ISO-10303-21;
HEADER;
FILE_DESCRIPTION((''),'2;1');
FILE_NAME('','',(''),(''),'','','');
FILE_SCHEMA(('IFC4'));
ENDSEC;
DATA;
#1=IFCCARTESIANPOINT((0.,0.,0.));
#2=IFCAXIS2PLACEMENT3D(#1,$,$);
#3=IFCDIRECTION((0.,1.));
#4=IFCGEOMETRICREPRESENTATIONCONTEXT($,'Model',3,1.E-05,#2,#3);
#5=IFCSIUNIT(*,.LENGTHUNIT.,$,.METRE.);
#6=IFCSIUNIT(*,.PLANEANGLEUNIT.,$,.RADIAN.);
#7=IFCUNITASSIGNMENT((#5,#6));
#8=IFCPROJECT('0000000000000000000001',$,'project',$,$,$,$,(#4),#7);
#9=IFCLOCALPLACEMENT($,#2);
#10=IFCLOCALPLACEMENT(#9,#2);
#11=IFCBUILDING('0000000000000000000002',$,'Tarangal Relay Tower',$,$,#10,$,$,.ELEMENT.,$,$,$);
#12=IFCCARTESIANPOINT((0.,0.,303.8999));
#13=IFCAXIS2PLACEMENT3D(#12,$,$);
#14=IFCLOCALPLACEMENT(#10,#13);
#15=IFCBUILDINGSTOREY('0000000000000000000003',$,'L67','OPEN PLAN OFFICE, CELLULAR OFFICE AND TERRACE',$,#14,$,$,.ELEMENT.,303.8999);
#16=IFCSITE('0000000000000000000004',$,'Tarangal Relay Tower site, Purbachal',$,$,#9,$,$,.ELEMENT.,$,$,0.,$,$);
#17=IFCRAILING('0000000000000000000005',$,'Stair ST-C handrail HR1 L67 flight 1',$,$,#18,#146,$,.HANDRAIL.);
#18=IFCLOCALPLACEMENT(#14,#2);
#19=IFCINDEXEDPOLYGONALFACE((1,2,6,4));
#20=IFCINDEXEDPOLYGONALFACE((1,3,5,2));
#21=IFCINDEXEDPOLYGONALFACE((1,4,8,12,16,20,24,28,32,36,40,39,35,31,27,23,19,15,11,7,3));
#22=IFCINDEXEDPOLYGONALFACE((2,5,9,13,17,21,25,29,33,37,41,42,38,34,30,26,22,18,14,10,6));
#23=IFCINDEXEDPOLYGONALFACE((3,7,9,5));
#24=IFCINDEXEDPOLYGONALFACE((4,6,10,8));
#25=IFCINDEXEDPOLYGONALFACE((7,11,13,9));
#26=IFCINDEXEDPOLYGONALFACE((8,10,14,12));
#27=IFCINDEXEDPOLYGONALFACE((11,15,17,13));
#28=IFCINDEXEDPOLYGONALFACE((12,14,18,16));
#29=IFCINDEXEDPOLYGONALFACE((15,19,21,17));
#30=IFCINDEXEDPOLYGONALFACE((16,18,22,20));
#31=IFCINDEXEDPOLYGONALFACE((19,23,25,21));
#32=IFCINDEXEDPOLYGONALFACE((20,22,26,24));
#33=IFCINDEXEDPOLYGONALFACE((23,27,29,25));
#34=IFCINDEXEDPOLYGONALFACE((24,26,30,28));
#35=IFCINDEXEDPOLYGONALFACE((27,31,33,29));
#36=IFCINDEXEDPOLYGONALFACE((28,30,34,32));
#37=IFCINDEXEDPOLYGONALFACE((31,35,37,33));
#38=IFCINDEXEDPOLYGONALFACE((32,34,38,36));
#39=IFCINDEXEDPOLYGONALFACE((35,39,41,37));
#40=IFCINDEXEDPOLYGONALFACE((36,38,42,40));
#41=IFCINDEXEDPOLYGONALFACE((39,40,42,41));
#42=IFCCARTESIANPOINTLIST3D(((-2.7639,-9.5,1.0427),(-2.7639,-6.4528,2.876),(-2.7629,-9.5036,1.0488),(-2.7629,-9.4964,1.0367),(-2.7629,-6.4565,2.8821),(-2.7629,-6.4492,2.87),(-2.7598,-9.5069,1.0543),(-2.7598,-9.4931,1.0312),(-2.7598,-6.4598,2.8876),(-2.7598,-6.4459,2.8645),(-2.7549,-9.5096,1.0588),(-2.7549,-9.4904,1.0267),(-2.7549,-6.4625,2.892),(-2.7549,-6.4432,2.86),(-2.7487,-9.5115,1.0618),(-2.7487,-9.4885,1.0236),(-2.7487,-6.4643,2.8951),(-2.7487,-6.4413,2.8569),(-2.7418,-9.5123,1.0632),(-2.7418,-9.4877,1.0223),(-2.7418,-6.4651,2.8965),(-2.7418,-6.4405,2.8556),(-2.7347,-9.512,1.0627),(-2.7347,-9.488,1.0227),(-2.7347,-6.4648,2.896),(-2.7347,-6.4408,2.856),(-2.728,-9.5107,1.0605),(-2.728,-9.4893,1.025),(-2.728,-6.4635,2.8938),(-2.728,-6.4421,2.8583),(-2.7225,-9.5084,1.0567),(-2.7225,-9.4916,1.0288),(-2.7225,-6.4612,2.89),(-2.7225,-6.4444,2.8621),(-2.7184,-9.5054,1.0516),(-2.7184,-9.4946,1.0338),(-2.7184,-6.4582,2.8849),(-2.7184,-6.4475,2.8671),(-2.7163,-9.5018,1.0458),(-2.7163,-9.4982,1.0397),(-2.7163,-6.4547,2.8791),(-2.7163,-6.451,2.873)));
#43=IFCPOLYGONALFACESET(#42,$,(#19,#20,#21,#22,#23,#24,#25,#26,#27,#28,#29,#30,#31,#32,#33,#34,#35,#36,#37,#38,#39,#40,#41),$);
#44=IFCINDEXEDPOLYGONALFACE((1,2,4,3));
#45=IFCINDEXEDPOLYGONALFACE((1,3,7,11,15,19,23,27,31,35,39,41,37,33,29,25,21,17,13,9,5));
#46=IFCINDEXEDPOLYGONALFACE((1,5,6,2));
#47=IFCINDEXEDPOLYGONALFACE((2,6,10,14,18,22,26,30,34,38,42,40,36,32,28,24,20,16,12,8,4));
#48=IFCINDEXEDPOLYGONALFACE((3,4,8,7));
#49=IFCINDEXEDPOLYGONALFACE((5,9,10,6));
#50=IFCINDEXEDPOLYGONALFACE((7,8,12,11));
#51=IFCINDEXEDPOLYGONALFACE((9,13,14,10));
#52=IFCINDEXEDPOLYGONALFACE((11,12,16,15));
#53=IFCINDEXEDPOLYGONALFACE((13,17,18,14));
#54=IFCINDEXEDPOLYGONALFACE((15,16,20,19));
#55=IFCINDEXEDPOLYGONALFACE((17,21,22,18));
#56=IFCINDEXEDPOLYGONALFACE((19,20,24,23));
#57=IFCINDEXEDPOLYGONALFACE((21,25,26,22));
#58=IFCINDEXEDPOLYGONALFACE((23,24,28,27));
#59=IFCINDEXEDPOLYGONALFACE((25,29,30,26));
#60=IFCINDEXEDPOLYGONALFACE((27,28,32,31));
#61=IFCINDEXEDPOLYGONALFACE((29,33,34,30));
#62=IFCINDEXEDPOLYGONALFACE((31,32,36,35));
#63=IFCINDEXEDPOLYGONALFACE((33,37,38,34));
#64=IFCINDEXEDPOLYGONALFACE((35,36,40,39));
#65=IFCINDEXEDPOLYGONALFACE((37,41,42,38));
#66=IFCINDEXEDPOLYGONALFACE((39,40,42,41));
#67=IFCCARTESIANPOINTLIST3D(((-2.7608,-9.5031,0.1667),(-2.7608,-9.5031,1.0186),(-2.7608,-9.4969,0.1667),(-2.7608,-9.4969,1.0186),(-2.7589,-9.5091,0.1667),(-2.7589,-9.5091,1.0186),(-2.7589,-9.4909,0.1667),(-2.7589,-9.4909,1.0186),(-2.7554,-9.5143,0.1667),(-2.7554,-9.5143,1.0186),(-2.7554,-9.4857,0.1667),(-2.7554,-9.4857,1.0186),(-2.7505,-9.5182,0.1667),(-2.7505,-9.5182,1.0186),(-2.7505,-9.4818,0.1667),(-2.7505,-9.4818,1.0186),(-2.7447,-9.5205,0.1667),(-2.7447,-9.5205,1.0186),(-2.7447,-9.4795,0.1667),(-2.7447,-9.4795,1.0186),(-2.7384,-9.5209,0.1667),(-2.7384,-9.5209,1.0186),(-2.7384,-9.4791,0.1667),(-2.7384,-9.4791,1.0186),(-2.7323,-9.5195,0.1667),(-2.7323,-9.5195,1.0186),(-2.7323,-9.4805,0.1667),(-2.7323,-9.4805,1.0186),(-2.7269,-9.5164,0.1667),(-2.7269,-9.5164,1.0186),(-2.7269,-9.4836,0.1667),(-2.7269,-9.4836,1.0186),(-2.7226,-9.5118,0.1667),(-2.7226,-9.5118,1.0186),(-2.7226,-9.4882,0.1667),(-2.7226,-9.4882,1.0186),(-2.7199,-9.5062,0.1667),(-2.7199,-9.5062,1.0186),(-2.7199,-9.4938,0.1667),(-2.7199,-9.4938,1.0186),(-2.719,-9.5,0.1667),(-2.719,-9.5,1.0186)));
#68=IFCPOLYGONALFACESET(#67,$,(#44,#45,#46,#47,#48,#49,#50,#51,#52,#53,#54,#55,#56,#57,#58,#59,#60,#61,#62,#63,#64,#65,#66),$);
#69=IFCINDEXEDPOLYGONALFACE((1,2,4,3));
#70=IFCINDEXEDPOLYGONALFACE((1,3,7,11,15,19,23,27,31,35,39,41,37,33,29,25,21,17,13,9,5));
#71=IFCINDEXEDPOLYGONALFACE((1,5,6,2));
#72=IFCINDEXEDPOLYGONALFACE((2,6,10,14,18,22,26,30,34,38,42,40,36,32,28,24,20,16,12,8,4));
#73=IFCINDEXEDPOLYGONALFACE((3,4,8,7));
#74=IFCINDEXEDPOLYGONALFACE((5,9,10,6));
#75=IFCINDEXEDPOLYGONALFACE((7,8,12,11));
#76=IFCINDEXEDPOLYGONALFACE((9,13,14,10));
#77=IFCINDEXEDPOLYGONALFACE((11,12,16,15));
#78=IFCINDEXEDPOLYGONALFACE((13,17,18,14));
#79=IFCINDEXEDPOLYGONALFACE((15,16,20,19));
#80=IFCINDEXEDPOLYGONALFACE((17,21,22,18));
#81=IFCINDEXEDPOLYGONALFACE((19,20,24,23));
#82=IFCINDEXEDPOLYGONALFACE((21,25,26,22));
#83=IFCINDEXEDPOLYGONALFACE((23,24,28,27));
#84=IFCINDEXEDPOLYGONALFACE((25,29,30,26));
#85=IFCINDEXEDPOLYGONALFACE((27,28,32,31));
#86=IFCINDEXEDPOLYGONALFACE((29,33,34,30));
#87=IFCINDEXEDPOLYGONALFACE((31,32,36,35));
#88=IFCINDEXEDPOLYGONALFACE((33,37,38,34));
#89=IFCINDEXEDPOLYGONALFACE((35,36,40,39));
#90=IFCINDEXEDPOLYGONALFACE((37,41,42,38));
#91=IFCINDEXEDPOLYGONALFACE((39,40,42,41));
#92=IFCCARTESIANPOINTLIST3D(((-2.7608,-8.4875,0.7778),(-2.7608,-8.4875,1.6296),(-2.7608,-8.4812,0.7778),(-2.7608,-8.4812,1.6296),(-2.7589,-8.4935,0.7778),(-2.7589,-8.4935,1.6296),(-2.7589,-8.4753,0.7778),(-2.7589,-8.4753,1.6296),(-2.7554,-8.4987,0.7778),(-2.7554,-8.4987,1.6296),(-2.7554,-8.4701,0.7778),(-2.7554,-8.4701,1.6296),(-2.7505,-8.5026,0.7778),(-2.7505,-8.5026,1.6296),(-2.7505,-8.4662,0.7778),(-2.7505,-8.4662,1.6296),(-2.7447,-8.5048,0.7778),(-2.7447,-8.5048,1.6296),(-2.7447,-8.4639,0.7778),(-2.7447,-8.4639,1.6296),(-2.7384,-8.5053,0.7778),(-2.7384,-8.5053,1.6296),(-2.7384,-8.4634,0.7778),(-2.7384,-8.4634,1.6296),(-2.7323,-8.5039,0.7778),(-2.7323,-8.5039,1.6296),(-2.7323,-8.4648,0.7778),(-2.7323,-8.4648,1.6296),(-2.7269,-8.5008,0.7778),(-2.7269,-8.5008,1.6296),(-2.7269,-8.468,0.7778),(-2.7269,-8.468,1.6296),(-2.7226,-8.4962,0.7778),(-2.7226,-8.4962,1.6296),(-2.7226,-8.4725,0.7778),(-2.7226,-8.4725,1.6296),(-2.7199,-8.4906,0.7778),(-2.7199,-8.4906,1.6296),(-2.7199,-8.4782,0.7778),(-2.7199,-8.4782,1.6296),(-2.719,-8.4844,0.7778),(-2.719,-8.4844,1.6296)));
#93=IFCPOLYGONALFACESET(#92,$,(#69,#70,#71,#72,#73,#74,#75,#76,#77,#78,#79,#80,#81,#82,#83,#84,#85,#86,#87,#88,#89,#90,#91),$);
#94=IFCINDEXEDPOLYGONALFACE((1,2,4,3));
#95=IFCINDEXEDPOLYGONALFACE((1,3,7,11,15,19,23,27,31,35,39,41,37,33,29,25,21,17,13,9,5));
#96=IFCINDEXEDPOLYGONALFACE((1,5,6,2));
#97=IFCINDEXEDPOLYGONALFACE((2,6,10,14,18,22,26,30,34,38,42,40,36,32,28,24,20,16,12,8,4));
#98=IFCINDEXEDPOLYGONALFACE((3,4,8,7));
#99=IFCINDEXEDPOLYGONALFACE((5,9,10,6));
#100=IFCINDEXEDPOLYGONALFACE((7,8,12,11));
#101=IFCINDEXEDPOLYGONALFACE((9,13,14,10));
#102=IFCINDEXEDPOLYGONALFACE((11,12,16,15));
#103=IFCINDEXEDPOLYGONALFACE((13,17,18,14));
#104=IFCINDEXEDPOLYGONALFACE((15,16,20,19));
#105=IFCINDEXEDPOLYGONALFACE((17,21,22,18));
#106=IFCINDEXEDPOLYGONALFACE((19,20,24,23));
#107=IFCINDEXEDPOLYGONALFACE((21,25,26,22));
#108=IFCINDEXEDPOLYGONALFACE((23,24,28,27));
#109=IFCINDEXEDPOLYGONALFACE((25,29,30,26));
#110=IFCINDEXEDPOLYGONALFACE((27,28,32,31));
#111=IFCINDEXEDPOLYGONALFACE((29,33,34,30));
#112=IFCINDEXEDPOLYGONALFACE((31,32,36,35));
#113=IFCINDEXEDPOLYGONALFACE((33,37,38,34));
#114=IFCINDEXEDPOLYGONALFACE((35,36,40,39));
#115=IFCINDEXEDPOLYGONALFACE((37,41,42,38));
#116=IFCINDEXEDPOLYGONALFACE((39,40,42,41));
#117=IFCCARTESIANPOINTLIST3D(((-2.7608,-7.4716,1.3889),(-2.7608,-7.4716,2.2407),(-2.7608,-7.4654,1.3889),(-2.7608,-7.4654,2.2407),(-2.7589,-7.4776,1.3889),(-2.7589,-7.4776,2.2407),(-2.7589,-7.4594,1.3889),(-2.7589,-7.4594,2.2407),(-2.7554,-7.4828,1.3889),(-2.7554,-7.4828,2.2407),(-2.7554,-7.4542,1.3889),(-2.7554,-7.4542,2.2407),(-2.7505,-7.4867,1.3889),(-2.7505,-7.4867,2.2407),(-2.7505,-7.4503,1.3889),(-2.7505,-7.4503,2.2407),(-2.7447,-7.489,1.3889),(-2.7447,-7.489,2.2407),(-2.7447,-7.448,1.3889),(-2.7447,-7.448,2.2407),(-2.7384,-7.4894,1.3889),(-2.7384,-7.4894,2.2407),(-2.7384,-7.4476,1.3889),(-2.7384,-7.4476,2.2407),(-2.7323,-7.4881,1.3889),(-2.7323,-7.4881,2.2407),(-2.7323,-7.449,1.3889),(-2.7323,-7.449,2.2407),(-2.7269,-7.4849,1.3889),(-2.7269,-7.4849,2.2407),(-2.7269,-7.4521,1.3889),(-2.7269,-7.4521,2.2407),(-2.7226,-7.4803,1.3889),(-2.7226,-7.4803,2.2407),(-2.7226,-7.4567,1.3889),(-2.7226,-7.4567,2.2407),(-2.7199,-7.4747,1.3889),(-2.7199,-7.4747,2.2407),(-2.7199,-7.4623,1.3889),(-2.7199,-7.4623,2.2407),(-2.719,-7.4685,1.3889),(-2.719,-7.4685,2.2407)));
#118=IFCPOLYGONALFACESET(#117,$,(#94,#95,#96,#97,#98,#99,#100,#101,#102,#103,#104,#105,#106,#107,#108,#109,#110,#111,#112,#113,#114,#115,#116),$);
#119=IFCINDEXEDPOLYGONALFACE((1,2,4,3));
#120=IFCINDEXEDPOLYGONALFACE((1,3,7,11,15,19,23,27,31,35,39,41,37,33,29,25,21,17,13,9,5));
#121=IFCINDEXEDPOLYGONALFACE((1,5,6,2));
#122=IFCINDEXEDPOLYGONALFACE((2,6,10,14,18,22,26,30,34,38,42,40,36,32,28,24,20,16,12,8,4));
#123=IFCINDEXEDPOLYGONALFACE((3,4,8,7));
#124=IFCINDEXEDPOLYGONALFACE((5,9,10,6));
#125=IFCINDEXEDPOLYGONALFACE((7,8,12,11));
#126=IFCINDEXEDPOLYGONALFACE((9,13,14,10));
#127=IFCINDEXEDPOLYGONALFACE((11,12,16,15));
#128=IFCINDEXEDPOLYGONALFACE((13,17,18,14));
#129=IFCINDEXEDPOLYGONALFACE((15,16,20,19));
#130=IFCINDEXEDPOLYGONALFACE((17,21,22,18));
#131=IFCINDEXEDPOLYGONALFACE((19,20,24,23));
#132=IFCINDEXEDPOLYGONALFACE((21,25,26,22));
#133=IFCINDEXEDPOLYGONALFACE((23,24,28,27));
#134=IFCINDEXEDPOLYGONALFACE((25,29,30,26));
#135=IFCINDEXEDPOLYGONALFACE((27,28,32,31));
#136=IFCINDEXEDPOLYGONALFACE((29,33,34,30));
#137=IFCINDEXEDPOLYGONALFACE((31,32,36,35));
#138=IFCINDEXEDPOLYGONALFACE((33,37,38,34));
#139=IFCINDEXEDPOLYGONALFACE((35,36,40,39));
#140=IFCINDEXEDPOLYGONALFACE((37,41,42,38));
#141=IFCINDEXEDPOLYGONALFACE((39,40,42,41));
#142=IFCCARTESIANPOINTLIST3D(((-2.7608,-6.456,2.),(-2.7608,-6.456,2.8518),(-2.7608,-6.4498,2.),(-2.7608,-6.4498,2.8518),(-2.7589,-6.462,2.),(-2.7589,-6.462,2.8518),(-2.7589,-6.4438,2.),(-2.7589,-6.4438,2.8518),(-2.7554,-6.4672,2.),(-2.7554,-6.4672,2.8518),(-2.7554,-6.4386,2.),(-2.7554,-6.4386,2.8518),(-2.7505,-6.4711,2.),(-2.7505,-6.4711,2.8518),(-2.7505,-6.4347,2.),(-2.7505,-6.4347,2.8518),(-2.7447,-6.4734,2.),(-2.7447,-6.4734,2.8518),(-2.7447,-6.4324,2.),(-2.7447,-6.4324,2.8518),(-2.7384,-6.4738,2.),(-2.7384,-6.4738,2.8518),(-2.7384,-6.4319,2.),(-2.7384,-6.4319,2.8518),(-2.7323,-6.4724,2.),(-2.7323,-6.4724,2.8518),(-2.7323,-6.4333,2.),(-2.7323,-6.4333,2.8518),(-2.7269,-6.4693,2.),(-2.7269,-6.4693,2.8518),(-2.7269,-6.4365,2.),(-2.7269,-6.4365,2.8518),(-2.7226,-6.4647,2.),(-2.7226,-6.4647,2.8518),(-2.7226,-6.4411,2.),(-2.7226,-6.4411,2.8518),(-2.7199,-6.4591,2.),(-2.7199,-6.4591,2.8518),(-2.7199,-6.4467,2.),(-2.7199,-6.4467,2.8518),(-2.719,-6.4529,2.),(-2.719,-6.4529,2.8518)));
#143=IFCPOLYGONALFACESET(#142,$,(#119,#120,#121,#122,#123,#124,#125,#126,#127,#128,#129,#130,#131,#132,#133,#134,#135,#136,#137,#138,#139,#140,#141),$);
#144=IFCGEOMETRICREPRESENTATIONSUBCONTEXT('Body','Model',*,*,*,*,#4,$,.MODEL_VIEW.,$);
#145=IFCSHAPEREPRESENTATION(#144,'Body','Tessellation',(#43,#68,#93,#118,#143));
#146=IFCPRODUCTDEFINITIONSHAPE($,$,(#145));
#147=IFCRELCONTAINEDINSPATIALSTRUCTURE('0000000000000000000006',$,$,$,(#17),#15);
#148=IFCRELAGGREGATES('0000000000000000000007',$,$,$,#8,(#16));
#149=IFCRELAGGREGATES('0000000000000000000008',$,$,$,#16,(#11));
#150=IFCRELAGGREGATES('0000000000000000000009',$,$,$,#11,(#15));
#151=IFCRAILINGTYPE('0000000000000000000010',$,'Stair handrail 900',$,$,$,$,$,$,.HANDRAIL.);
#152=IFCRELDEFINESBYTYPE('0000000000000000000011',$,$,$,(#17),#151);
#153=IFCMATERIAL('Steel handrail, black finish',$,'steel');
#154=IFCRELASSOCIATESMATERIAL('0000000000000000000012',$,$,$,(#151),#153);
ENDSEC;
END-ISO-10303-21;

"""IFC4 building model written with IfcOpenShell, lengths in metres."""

from ifc_helpers import new_model, si_unit, direction, frame, origin, origin_2d, place, context, subcontext, project, spatial, circle, extrude, material, type_object, element, save


model = new_model("IFC4")

# Units and contexts
model_context = context("Model", 3, precision=1e-05, world=origin(), true_north=direction((0.0, 1.0)))
body_context = subcontext(model_context, "Body", "Model", "MODEL_VIEW")
ifc_project = project(units=[si_unit("LENGTHUNIT", "METRE"), si_unit("PLANEANGLEUNIT", "RADIAN")], contexts=[model_context])

# Site, building, storey
site_placement = place(None, origin())
site = spatial("IfcSite", under=ifc_project, at=site_placement, Name="Tarangal Relay Tower site, Purbachal", CompositionType="ELEMENT", RefElevation=0.0)
building_placement = place(site_placement, origin())
building = spatial("IfcBuilding", under=site, at=building_placement, Name="Tarangal Relay Tower", CompositionType="ELEMENT")
storey_placement = place(building_placement, frame((0.0, 0.0, 303.8999)))
storey = spatial("IfcBuildingStorey", under=building, at=storey_placement, Name="L67", Description="OPEN PLAN OFFICE, CELLULAR OFFICE AND TERRACE", CompositionType="ELEMENT", Elevation=303.8999)

# Railing
ifc_material_1 = material(Name="Steel handrail, black finish", Category="steel")
railing_type_1 = type_object("IfcRailingType", Name="Stair handrail 900", PredefinedType="HANDRAIL", material=ifc_material_1)
railing_1_placement = place(storey_placement, frame((-2.74, -9.5, 0.1667)))
element("IfcRailing", 1, at=railing_1_placement, inside=storey, type_object=railing_type_1, Name="Stair ST-C handrail HR1 L67 flight 1", PredefinedType="HANDRAIL", context=body_context, shape_type="SweptSolid", body=[
    extrude(circle(Radius=0.0239, at=origin_2d()), frame((0.0, 0.0, 0.876), z_axis=(0.0, 0.856874, 0.515525), x_axis=(-1.0, 0.0, 0.0)), (0.0, 0.0, 1.0), 3.5562),
    extrude(circle(Radius=0.021, at=origin_2d()), origin(), (0.0, 0.0, 1.0), 0.8518),
    extrude(circle(Radius=0.021, at=origin_2d()), frame((0.0, 1.0156, 0.6111)), (0.0, 0.0, 1.0), 0.8518),
    extrude(circle(Radius=0.021, at=origin_2d()), frame((0.0, 2.0315, 1.2222)), (0.0, 0.0, 1.0), 0.8518),
    extrude(circle(Radius=0.021, at=origin_2d()), frame((0.0, 3.0471, 1.8333)), (0.0, 0.0, 1.0), 0.8518),
])

save(model, "model.ifc")
